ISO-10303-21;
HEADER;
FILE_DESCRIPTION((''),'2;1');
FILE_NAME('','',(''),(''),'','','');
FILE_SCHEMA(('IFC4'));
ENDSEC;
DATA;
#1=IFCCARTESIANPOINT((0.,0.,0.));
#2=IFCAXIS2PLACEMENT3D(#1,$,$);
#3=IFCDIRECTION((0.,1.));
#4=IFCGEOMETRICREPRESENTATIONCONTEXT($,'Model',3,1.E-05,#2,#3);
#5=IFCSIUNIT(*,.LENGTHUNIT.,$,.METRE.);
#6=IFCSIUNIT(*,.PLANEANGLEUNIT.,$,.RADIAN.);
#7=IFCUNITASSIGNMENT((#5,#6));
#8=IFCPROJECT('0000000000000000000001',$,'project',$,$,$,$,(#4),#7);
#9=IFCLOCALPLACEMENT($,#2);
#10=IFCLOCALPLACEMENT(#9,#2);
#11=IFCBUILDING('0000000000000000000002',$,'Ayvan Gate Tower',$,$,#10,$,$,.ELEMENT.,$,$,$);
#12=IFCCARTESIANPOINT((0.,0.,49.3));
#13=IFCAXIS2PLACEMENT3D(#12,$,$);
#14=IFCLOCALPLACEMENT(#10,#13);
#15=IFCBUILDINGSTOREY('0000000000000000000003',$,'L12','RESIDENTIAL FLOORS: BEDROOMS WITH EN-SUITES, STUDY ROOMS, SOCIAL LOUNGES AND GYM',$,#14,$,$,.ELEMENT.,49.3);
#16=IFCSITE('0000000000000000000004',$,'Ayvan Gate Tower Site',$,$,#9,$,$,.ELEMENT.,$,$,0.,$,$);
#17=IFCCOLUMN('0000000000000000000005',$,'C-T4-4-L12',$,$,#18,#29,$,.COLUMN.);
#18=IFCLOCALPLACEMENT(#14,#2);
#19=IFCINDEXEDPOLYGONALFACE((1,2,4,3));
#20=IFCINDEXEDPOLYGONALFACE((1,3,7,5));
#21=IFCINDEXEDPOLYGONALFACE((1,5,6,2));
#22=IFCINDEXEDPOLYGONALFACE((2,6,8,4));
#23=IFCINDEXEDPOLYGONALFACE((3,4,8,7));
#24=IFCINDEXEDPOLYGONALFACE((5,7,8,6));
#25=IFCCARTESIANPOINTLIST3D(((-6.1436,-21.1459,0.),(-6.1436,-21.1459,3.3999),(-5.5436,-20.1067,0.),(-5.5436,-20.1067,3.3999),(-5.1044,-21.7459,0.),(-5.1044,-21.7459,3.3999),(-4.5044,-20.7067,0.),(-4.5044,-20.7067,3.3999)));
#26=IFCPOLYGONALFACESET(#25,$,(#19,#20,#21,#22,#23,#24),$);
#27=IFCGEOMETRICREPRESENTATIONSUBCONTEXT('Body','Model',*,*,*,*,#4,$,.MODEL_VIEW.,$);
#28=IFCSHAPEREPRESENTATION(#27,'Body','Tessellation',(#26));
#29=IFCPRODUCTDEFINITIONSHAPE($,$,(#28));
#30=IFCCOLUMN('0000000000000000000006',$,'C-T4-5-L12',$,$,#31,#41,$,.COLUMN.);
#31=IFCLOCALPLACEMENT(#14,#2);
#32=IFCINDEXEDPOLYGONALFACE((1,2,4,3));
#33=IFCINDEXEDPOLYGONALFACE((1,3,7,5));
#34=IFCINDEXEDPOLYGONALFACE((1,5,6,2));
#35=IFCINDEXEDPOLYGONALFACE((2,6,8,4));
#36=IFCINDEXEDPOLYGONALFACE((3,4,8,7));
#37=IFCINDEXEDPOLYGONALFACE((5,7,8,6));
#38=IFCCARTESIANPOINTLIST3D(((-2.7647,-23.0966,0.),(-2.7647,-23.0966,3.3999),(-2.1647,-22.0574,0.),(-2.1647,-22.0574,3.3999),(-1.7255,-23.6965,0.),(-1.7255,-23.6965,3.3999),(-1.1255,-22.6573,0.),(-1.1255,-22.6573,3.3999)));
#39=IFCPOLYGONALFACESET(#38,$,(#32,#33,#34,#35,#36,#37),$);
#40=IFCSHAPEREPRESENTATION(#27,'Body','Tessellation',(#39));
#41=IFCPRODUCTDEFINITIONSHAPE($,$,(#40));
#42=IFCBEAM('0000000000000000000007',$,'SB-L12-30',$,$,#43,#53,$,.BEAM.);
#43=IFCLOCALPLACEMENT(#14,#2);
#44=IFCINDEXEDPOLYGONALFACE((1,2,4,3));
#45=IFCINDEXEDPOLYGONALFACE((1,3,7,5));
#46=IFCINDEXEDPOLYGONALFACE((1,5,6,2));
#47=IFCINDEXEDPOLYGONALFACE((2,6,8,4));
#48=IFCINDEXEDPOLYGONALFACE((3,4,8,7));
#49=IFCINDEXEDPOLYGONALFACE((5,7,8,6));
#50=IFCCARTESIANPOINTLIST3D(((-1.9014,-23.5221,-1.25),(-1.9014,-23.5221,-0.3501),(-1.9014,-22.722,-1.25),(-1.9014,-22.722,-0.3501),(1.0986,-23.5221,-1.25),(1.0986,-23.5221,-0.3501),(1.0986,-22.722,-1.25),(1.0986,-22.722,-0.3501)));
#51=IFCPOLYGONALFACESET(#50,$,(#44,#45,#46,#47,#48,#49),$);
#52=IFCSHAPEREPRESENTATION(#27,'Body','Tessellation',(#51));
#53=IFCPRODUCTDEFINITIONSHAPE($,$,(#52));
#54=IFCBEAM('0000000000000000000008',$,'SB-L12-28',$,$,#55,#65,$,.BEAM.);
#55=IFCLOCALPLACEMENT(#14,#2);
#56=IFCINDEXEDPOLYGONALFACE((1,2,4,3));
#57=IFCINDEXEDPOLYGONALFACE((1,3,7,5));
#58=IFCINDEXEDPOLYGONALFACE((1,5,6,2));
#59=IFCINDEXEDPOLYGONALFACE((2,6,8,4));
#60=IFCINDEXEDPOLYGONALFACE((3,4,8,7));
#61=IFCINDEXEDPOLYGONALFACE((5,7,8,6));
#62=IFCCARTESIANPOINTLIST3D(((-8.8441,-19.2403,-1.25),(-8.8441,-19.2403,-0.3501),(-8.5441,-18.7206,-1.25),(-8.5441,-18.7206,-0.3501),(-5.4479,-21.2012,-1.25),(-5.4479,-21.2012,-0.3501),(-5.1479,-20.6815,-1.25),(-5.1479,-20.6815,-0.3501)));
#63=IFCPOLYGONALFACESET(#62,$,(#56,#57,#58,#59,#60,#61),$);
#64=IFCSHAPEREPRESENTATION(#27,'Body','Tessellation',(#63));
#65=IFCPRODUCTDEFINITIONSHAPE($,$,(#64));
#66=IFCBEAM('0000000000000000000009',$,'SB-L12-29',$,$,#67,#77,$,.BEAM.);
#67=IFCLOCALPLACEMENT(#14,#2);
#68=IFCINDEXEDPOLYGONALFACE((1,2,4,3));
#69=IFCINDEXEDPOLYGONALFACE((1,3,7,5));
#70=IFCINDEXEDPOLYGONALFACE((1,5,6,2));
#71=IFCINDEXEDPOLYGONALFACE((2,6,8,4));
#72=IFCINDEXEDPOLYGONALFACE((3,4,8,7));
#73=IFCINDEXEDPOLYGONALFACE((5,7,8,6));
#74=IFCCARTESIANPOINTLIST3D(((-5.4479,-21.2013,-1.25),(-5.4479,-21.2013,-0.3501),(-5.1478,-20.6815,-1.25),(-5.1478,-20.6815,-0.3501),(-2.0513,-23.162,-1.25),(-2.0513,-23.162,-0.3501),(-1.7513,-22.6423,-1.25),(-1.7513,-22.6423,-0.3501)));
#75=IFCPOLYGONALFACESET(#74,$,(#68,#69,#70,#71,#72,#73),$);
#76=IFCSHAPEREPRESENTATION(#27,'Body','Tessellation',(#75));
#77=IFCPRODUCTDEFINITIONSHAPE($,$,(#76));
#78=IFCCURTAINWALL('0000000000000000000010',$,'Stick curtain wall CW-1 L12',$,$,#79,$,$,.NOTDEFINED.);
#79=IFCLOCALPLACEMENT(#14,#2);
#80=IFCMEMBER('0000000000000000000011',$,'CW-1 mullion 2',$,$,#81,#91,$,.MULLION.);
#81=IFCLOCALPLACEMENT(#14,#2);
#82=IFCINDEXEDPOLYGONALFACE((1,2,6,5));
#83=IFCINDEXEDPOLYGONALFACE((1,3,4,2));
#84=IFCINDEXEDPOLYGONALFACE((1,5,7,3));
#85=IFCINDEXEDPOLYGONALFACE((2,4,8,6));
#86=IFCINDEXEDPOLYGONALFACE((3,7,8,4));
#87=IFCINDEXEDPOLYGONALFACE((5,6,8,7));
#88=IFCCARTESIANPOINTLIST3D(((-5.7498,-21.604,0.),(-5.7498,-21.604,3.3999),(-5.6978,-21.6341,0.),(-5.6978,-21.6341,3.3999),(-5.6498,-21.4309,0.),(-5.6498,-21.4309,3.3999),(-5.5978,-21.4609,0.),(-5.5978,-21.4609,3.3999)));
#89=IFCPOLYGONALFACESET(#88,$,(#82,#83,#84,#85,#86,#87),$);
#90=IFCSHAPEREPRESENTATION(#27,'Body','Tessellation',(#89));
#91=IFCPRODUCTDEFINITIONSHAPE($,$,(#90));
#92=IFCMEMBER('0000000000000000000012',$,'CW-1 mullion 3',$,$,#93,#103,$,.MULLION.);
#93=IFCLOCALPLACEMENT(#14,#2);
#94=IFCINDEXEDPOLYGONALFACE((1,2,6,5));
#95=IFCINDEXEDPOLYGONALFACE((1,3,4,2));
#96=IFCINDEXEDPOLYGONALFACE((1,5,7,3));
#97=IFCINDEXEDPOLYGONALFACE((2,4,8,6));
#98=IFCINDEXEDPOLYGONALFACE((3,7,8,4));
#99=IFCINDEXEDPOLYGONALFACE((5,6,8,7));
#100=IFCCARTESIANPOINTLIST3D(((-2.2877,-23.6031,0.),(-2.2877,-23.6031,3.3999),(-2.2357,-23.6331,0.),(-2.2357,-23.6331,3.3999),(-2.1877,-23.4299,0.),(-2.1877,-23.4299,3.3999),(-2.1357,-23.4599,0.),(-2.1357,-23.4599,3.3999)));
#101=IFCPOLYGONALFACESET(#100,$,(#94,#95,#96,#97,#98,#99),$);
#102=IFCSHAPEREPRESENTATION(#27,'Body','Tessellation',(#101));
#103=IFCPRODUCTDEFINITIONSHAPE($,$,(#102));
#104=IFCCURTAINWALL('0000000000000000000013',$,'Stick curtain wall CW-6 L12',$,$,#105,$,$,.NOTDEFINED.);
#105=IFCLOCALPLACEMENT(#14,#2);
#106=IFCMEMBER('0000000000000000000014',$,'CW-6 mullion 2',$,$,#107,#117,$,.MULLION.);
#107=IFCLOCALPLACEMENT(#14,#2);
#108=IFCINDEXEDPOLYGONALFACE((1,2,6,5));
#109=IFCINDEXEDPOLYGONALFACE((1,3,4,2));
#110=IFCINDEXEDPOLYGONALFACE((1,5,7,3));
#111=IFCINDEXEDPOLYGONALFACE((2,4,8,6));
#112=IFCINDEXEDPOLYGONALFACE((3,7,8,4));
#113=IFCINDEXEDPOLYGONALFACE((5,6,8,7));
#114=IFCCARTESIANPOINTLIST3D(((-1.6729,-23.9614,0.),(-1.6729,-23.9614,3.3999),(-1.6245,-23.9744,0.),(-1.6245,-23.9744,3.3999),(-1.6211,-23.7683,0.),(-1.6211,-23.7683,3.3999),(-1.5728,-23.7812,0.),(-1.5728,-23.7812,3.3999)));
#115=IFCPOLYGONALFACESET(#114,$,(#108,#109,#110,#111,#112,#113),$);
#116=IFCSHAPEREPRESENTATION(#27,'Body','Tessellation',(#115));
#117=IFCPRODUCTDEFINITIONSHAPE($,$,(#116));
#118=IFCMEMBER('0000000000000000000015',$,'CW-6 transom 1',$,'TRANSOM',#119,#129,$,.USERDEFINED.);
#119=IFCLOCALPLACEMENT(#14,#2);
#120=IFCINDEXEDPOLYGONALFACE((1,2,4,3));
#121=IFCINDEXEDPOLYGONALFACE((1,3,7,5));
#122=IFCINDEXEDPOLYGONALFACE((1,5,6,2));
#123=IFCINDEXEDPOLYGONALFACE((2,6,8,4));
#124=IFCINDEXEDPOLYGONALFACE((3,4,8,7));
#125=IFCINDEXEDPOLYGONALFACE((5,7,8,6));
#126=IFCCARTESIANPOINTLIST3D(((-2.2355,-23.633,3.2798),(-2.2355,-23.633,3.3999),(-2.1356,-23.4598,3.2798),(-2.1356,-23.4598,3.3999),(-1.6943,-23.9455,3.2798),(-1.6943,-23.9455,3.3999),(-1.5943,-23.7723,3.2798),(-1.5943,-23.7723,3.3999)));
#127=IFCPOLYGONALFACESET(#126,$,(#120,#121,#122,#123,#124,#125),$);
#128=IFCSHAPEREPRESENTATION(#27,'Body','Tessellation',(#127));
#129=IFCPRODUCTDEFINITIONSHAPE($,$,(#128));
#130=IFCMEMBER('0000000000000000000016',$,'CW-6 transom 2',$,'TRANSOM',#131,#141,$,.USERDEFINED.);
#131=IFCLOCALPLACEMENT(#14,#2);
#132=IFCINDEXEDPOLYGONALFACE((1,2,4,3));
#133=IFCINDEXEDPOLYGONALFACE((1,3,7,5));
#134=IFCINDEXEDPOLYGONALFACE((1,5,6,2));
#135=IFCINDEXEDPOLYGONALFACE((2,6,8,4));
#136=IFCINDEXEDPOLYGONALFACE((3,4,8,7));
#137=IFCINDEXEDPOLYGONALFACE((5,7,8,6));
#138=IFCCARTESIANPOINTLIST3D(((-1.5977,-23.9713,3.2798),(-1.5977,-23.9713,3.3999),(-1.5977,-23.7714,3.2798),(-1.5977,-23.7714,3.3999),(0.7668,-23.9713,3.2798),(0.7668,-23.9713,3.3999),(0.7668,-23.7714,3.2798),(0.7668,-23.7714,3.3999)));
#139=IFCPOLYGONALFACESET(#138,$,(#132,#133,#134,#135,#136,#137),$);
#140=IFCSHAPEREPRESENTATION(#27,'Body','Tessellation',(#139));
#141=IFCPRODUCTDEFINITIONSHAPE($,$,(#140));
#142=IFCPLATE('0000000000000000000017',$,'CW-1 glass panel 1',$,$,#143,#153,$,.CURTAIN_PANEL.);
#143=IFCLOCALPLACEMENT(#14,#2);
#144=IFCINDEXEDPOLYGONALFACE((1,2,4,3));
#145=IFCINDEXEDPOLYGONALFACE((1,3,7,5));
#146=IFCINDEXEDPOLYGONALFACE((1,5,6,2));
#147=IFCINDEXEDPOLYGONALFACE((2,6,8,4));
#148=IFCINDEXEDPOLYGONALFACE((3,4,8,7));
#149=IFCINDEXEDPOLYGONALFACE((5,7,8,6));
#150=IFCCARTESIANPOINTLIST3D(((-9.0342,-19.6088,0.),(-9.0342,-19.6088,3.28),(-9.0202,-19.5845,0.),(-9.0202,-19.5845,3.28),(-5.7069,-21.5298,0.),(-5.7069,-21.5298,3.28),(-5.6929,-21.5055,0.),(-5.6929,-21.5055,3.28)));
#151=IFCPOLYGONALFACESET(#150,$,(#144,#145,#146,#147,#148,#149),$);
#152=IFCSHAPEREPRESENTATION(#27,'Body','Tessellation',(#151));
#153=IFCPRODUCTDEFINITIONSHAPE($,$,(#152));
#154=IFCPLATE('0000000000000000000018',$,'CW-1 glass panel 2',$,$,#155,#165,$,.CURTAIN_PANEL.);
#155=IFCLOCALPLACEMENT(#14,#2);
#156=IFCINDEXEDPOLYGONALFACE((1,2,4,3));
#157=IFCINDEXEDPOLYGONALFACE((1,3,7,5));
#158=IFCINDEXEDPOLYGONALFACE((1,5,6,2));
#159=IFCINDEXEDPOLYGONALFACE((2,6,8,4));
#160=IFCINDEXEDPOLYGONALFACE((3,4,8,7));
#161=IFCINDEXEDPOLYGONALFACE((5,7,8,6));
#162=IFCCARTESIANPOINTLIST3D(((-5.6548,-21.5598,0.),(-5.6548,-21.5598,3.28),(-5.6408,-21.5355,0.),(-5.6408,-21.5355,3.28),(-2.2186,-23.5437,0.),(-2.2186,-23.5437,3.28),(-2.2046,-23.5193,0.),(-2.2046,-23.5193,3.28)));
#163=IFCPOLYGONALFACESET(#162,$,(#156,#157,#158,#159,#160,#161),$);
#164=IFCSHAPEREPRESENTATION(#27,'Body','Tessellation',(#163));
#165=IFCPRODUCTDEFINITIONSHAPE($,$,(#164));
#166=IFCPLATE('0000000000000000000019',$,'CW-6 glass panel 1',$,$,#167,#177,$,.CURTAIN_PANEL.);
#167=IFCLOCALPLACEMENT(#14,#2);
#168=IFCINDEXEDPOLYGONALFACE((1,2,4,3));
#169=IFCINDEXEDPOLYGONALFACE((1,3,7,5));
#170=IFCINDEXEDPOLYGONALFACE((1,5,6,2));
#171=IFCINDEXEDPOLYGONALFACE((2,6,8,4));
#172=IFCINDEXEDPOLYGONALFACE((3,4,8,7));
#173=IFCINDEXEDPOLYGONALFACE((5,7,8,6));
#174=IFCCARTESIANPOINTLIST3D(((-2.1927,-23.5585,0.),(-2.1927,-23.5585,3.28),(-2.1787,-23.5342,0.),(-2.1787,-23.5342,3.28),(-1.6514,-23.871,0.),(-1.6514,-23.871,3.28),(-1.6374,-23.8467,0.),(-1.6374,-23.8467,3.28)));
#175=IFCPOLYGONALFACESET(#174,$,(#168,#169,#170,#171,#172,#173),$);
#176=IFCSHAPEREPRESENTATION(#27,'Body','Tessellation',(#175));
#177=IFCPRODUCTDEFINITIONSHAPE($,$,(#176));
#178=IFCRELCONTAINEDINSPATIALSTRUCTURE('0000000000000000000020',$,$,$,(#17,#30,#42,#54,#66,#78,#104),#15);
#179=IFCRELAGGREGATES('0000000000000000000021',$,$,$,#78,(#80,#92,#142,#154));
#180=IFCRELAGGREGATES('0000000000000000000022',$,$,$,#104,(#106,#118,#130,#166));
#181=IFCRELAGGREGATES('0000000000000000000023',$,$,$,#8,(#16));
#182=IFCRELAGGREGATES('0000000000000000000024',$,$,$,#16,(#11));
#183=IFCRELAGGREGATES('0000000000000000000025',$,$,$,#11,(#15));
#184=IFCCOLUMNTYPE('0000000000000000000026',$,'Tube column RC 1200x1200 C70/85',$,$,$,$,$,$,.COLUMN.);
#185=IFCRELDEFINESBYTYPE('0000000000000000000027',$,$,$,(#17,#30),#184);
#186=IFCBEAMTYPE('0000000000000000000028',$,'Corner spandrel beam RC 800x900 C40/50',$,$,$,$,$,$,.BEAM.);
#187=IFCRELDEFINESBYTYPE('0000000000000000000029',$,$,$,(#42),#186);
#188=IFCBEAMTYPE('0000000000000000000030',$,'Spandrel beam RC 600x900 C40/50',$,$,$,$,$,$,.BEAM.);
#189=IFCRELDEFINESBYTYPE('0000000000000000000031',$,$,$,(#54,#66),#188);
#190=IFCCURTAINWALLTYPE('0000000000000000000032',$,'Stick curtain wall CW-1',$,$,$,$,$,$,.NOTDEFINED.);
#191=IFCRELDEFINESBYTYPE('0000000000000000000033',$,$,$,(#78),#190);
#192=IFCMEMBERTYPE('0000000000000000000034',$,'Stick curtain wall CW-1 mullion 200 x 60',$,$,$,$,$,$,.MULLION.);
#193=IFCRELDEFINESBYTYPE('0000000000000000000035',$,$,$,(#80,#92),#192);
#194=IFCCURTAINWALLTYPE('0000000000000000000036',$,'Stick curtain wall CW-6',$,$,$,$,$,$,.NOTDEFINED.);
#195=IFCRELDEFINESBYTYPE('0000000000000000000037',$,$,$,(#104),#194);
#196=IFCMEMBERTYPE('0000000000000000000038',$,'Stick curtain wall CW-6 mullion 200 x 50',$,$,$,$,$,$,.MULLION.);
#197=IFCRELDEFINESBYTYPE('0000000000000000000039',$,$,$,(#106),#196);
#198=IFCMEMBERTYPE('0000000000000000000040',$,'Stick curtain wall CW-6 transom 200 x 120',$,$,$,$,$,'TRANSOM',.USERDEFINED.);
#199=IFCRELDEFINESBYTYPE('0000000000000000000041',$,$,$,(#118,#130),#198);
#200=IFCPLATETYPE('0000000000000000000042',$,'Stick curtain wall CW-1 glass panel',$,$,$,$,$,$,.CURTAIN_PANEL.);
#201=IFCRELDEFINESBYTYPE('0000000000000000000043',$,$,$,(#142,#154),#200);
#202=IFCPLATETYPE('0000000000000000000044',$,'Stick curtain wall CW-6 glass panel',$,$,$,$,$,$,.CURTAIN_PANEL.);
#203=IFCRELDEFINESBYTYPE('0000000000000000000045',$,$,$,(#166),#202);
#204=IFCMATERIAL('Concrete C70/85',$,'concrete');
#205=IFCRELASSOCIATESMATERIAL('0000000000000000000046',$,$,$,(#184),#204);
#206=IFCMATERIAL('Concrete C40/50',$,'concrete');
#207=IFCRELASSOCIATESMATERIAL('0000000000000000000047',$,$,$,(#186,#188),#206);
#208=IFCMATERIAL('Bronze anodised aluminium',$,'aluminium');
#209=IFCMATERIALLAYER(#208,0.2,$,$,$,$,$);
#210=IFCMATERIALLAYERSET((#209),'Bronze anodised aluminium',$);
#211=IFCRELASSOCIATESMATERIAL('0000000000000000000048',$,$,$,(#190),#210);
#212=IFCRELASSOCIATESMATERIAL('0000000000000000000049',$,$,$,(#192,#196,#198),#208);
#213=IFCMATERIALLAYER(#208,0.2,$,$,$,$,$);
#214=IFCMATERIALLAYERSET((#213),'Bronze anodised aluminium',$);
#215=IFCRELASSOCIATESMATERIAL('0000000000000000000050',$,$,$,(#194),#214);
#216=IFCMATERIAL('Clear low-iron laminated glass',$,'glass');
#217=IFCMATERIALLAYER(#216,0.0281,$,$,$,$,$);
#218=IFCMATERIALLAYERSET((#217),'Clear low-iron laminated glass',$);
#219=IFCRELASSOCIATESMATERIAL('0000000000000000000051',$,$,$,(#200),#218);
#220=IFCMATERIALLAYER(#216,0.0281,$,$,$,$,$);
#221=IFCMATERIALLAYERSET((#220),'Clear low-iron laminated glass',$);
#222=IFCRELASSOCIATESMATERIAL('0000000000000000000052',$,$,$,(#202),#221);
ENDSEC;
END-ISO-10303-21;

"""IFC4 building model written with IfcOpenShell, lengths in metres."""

from ifc_helpers import new_model, si_unit, direction, frame, origin, origin_2d, place, context, subcontext, project, spatial, rectangle, extrude, material, layer, layer_set, material_profile, profile_set, type_object, element, aggregate, save


model = new_model("IFC4")

# Units and contexts
model_context = context("Model", 3, precision=1e-05, world=origin(), true_north=direction((0.0, 1.0)))
body_context = subcontext(model_context, "Body", "Model", "MODEL_VIEW")
ifc_project = project(units=[si_unit("LENGTHUNIT", "METRE"), si_unit("PLANEANGLEUNIT", "RADIAN")], contexts=[model_context])

# Site, building, storey
site_placement = place(None, origin())
site = spatial("IfcSite", under=ifc_project, at=site_placement, Name="Ayvan Gate Tower Site", CompositionType="ELEMENT", RefElevation=0.0)
building_placement = place(site_placement, origin())
building = spatial("IfcBuilding", under=site, at=building_placement, Name="Ayvan Gate Tower", CompositionType="ELEMENT")
storey_placement = place(building_placement, frame((0.0, 0.0, 49.3)))
storey = spatial("IfcBuildingStorey", under=building, at=storey_placement, Name="L12", Description="RESIDENTIAL FLOORS: BEDROOMS WITH EN-SUITES, STUDY ROOMS, SOCIAL LOUNGES AND GYM", CompositionType="ELEMENT", Elevation=49.3)

# Columns
ifc_material_1 = material(Name="Concrete C70/85", Category="concrete")
ifc_material_profile_1 = material_profile(ifc_material_1, rectangle(XDim=1.2, YDim=1.2, at=origin_2d()), Name="RC 1200x1200")
ifc_profile_set_1 = profile_set([ifc_material_profile_1], Name="Concrete C70/85")
column_type = type_object("IfcColumnType", Name="Tube column RC 1200x1200 C70/85", PredefinedType="COLUMN", material=ifc_profile_set_1)
for number, where, z_axis, x_axis, name in (
    (1, (-5.324, -20.9263, 0.0), (0.0, 0.0, 1.0), (-0.5, -0.866025, 0.0), "C-T4-4-L12"),
    (2, (-1.9451, -22.877, 0.0), (0.0, 0.0, 1.0), (-0.5, -0.866025, 0.0), "C-T4-5-L12"),
):
    element("IfcColumn", number, at=place(storey_placement, frame(where, z_axis=z_axis, x_axis=x_axis)), inside=storey, type_object=column_type, Name=name, PredefinedType="COLUMN", context=body_context, shape_type="SweptSolid", body=[
        extrude(rectangle(XDim=1.2, YDim=1.2, at=origin_2d()), origin(), (0.0, 0.0, 1.0), 3.3999),
    ])

# Beams
ifc_material_2 = material(Name="Concrete C40/50", Category="concrete")
ifc_material_profile_2 = material_profile(ifc_material_2, rectangle(XDim=0.8, YDim=0.8999, at=origin_2d()), Name="RC 800x900")
ifc_profile_set_2 = profile_set([ifc_material_profile_2], Name="Concrete C40/50")
beam_type_1 = type_object("IfcBeamType", Name="Corner spandrel beam RC 800x900 C40/50", PredefinedType="BEAM", material=ifc_profile_set_2)
beam_1_placement = place(storey_placement, frame((-1.9014, -23.1221, -0.8), z_axis=(1.0, 0.0, 0.0), x_axis=(0.0, 1.0, 0.0)))
element("IfcBeam", 3, at=beam_1_placement, inside=storey, type_object=beam_type_1, Name="SB-L12-30", PredefinedType="BEAM", context=body_context, shape_type="SweptSolid", body=[
    extrude(rectangle(XDim=0.8, YDim=0.8999, at=origin_2d()), origin(), (0.0, 0.0, 1.0), 3.0),
])
ifc_material_profile_3 = material_profile(ifc_material_2, rectangle(XDim=0.6001, YDim=0.8999, at=origin_2d()), Name="RC 600x900")
ifc_profile_set_3 = profile_set([ifc_material_profile_3], Name="Concrete C40/50")
beam_type_2 = type_object("IfcBeamType", Name="Spandrel beam RC 600x900 C40/50", PredefinedType="BEAM", material=ifc_profile_set_3)
beam_2_placement = place(storey_placement, frame((-8.6941, -18.9805, -0.8), z_axis=(0.866012, -0.500022, 0.0), x_axis=(0.500022, 0.866012, 0.0)))
element("IfcBeam", 4, at=beam_2_placement, inside=storey, type_object=beam_type_2, Name="SB-L12-28", PredefinedType="BEAM", context=body_context, shape_type="SweptSolid", body=[
    extrude(rectangle(XDim=0.6001, YDim=0.8999, at=origin_2d()), origin(), (0.0, 0.0, 1.0), 3.9216),
])
beam_3_placement = place(storey_placement, frame((-5.2979, -20.9414, -0.8), z_axis=(0.866055, -0.499949, 0.0), x_axis=(0.499949, 0.866055, 0.0)))
element("IfcBeam", 5, at=beam_3_placement, inside=storey, type_object=beam_type_2, Name="SB-L12-29", PredefinedType="BEAM", context=body_context, shape_type="SweptSolid", body=[
    extrude(rectangle(XDim=0.6001, YDim=0.8999, at=origin_2d()), origin(), (0.0, 0.0, 1.0), 3.9219),
])

# Curtain walls, members
ifc_material_3 = material(Name="Bronze anodised aluminium", Category="aluminium")
ifc_layer_1 = layer(ifc_material_3, 0.2)
ifc_layer_set_1 = layer_set([ifc_layer_1], Name="Bronze anodised aluminium")
curtain_wall_type_1 = type_object("IfcCurtainWallType", Name="Stick curtain wall CW-1", PredefinedType="NOTDEFINED", material=ifc_layer_set_1)
curtain_wall_1_placement = place(storey_placement, origin())
curtain_wall_1 = element("IfcCurtainWall", 6, at=curtain_wall_1_placement, inside=storey, type_object=curtain_wall_type_1, Name="Stick curtain wall CW-1 L12", PredefinedType="NOTDEFINED")
ifc_material_profile_4 = material_profile(ifc_material_3, rectangle(XDim=0.2, YDim=0.0601, at=origin_2d()), Name="Stick curtain wall CW-1 mullion 200 x 60")
ifc_profile_set_4 = profile_set([ifc_material_profile_4], Name="Bronze anodised aluminium")
member_type_1 = type_object("IfcMemberType", Name="Stick curtain wall CW-1 mullion 200 x 60", PredefinedType="MULLION", material=ifc_profile_set_4)
member_1_placement = place(storey_placement, frame((-5.6738, -21.5325, 0.0), z_axis=(0.0, 0.0, 1.0), x_axis=(-0.5, -0.866025, 0.0)))
member_1 = element("IfcMember", 7, at=member_1_placement, type_object=member_type_1, Name="CW-1 mullion 2", PredefinedType="MULLION", context=body_context, shape_type="SweptSolid", body=[
    extrude(rectangle(XDim=0.2, YDim=0.0601, at=origin_2d()), origin(), (0.0, 0.0, 1.0), 3.3999),
])
member_2_placement = place(storey_placement, frame((-2.2117, -23.5315, 0.0), z_axis=(0.0, 0.0, 1.0), x_axis=(-0.5, -0.866025, 0.0)))
member_2 = element("IfcMember", 8, at=member_2_placement, type_object=member_type_1, Name="CW-1 mullion 3", PredefinedType="MULLION", context=body_context, shape_type="SweptSolid", body=[
    extrude(rectangle(XDim=0.2, YDim=0.0601, at=origin_2d()), origin(), (0.0, 0.0, 1.0), 3.3999),
])
ifc_layer_2 = layer(ifc_material_3, 0.2)
ifc_layer_set_2 = layer_set([ifc_layer_2], Name="Bronze anodised aluminium")
curtain_wall_type_2 = type_object("IfcCurtainWallType", Name="Stick curtain wall CW-6", PredefinedType="NOTDEFINED", material=ifc_layer_set_2)
curtain_wall_2_placement = place(storey_placement, origin())
curtain_wall_2 = element("IfcCurtainWall", 9, at=curtain_wall_2_placement, inside=storey, type_object=curtain_wall_type_2, Name="Stick curtain wall CW-6 L12", PredefinedType="NOTDEFINED")
ifc_material_profile_5 = material_profile(ifc_material_3, rectangle(XDim=0.2, YDim=0.05, at=origin_2d()), Name="Stick curtain wall CW-6 mullion 200 x 50")
ifc_profile_set_5 = profile_set([ifc_material_profile_5], Name="Bronze anodised aluminium")
member_type_2 = type_object("IfcMemberType", Name="Stick curtain wall CW-6 mullion 200 x 50", PredefinedType="MULLION", material=ifc_profile_set_5)
member_3_placement = place(storey_placement, frame((-1.6228, -23.8713, 0.0), z_axis=(0.0, 0.0, 1.0), x_axis=(-0.258819, -0.965926, 0.0)))
member_3 = element("IfcMember", 10, at=member_3_placement, type_object=member_type_2, Name="CW-6 mullion 2", PredefinedType="MULLION", context=body_context, shape_type="SweptSolid", body=[
    extrude(rectangle(XDim=0.2, YDim=0.05, at=origin_2d()), origin(), (0.0, 0.0, 1.0), 3.3999),
])
ifc_material_profile_6 = material_profile(ifc_material_3, rectangle(XDim=0.2, YDim=0.1201, at=origin_2d()), Name="Stick curtain wall CW-6 transom 200 x 120")
ifc_profile_set_6 = profile_set([ifc_material_profile_6], Name="Bronze anodised aluminium")
member_type_3 = type_object("IfcMemberType", Name="Stick curtain wall CW-6 transom 200 x 120", ElementType="TRANSOM", PredefinedType="USERDEFINED", material=ifc_profile_set_6)
member_4_placement = place(storey_placement, frame((-2.1855, -23.5464, 3.3398), z_axis=(0.866023, -0.500004, 0.0), x_axis=(0.500004, 0.866023, 0.0)))
member_4 = element("IfcMember", 11, at=member_4_placement, type_object=member_type_3, Name="CW-6 transom 1", ObjectType="TRANSOM", PredefinedType="USERDEFINED", context=body_context, shape_type="SweptSolid", body=[
    extrude(rectangle(XDim=0.2, YDim=0.1201, at=origin_2d()), origin(), (0.0, 0.0, 1.0), 0.625),
])
member_5_placement = place(storey_placement, frame((-1.5977, -23.8713, 3.3398), z_axis=(1.0, 0.0, 0.0), x_axis=(0.0, 1.0, 0.0)))
member_5 = element("IfcMember", 12, at=member_5_placement, type_object=member_type_3, Name="CW-6 transom 2", ObjectType="TRANSOM", PredefinedType="USERDEFINED", context=body_context, shape_type="SweptSolid", body=[
    extrude(rectangle(XDim=0.2, YDim=0.1201, at=origin_2d()), origin(), (0.0, 0.0, 1.0), 2.3645),
])

# Plates
ifc_material_4 = material(Name="Clear low-iron laminated glass", Category="glass")
ifc_layer_3 = layer(ifc_material_4, 0.0281)
ifc_layer_set_3 = layer_set([ifc_layer_3], Name="Clear low-iron laminated glass")
plate_type_1 = type_object("IfcPlateType", Name="Stick curtain wall CW-1 glass panel", PredefinedType="CURTAIN_PANEL", material=ifc_layer_set_3)
plate_1_placement = place(storey_placement, frame((-7.3635, -20.5571, 0.0), z_axis=(0.0, 0.0, 1.0), x_axis=(0.866025, -0.5, 0.0)))
plate_1 = element("IfcPlate", 13, at=plate_1_placement, type_object=plate_type_1, Name="CW-1 glass panel 1", PredefinedType="CURTAIN_PANEL", context=body_context, shape_type="SweptSolid", body=[
    extrude(rectangle(XDim=3.842, YDim=0.0281, at=origin_2d()), origin(), (0.0, 0.0, 1.0), 3.28),
])
plate_2_placement = place(storey_placement, frame((-3.9297, -22.5396, 0.0), z_axis=(0.0, 0.0, 1.0), x_axis=(0.866025, -0.5, 0.0)))
plate_2 = element("IfcPlate", 14, at=plate_2_placement, type_object=plate_type_1, Name="CW-1 glass panel 2", PredefinedType="CURTAIN_PANEL", context=body_context, shape_type="SweptSolid", body=[
    extrude(rectangle(XDim=3.9678, YDim=0.0281, at=origin_2d()), origin(), (0.0, 0.0, 1.0), 3.28),
])
aggregate(curtain_wall_1, [member_1, member_2, plate_1, plate_2])
ifc_layer_4 = layer(ifc_material_4, 0.0281)
ifc_layer_set_4 = layer_set([ifc_layer_4], Name="Clear low-iron laminated glass")
plate_type_2 = type_object("IfcPlateType", Name="Stick curtain wall CW-6 glass panel", PredefinedType="CURTAIN_PANEL", material=ifc_layer_set_4)
plate_3_placement = place(storey_placement, frame((-1.915, -23.7026, 0.0), z_axis=(0.0, 0.0, 1.0), x_axis=(0.866025, -0.5, 0.0)))
plate_3 = element("IfcPlate", 15, at=plate_3_placement, type_object=plate_type_2, Name="CW-6 glass panel 1", PredefinedType="CURTAIN_PANEL", context=body_context, shape_type="SweptSolid", body=[
    extrude(rectangle(XDim=0.625, YDim=0.0281, at=origin_2d()), origin(), (0.0, 0.0, 1.0), 3.28),
])
aggregate(curtain_wall_2, [member_3, member_4, member_5, plate_3])

save(model, "model.ifc")
